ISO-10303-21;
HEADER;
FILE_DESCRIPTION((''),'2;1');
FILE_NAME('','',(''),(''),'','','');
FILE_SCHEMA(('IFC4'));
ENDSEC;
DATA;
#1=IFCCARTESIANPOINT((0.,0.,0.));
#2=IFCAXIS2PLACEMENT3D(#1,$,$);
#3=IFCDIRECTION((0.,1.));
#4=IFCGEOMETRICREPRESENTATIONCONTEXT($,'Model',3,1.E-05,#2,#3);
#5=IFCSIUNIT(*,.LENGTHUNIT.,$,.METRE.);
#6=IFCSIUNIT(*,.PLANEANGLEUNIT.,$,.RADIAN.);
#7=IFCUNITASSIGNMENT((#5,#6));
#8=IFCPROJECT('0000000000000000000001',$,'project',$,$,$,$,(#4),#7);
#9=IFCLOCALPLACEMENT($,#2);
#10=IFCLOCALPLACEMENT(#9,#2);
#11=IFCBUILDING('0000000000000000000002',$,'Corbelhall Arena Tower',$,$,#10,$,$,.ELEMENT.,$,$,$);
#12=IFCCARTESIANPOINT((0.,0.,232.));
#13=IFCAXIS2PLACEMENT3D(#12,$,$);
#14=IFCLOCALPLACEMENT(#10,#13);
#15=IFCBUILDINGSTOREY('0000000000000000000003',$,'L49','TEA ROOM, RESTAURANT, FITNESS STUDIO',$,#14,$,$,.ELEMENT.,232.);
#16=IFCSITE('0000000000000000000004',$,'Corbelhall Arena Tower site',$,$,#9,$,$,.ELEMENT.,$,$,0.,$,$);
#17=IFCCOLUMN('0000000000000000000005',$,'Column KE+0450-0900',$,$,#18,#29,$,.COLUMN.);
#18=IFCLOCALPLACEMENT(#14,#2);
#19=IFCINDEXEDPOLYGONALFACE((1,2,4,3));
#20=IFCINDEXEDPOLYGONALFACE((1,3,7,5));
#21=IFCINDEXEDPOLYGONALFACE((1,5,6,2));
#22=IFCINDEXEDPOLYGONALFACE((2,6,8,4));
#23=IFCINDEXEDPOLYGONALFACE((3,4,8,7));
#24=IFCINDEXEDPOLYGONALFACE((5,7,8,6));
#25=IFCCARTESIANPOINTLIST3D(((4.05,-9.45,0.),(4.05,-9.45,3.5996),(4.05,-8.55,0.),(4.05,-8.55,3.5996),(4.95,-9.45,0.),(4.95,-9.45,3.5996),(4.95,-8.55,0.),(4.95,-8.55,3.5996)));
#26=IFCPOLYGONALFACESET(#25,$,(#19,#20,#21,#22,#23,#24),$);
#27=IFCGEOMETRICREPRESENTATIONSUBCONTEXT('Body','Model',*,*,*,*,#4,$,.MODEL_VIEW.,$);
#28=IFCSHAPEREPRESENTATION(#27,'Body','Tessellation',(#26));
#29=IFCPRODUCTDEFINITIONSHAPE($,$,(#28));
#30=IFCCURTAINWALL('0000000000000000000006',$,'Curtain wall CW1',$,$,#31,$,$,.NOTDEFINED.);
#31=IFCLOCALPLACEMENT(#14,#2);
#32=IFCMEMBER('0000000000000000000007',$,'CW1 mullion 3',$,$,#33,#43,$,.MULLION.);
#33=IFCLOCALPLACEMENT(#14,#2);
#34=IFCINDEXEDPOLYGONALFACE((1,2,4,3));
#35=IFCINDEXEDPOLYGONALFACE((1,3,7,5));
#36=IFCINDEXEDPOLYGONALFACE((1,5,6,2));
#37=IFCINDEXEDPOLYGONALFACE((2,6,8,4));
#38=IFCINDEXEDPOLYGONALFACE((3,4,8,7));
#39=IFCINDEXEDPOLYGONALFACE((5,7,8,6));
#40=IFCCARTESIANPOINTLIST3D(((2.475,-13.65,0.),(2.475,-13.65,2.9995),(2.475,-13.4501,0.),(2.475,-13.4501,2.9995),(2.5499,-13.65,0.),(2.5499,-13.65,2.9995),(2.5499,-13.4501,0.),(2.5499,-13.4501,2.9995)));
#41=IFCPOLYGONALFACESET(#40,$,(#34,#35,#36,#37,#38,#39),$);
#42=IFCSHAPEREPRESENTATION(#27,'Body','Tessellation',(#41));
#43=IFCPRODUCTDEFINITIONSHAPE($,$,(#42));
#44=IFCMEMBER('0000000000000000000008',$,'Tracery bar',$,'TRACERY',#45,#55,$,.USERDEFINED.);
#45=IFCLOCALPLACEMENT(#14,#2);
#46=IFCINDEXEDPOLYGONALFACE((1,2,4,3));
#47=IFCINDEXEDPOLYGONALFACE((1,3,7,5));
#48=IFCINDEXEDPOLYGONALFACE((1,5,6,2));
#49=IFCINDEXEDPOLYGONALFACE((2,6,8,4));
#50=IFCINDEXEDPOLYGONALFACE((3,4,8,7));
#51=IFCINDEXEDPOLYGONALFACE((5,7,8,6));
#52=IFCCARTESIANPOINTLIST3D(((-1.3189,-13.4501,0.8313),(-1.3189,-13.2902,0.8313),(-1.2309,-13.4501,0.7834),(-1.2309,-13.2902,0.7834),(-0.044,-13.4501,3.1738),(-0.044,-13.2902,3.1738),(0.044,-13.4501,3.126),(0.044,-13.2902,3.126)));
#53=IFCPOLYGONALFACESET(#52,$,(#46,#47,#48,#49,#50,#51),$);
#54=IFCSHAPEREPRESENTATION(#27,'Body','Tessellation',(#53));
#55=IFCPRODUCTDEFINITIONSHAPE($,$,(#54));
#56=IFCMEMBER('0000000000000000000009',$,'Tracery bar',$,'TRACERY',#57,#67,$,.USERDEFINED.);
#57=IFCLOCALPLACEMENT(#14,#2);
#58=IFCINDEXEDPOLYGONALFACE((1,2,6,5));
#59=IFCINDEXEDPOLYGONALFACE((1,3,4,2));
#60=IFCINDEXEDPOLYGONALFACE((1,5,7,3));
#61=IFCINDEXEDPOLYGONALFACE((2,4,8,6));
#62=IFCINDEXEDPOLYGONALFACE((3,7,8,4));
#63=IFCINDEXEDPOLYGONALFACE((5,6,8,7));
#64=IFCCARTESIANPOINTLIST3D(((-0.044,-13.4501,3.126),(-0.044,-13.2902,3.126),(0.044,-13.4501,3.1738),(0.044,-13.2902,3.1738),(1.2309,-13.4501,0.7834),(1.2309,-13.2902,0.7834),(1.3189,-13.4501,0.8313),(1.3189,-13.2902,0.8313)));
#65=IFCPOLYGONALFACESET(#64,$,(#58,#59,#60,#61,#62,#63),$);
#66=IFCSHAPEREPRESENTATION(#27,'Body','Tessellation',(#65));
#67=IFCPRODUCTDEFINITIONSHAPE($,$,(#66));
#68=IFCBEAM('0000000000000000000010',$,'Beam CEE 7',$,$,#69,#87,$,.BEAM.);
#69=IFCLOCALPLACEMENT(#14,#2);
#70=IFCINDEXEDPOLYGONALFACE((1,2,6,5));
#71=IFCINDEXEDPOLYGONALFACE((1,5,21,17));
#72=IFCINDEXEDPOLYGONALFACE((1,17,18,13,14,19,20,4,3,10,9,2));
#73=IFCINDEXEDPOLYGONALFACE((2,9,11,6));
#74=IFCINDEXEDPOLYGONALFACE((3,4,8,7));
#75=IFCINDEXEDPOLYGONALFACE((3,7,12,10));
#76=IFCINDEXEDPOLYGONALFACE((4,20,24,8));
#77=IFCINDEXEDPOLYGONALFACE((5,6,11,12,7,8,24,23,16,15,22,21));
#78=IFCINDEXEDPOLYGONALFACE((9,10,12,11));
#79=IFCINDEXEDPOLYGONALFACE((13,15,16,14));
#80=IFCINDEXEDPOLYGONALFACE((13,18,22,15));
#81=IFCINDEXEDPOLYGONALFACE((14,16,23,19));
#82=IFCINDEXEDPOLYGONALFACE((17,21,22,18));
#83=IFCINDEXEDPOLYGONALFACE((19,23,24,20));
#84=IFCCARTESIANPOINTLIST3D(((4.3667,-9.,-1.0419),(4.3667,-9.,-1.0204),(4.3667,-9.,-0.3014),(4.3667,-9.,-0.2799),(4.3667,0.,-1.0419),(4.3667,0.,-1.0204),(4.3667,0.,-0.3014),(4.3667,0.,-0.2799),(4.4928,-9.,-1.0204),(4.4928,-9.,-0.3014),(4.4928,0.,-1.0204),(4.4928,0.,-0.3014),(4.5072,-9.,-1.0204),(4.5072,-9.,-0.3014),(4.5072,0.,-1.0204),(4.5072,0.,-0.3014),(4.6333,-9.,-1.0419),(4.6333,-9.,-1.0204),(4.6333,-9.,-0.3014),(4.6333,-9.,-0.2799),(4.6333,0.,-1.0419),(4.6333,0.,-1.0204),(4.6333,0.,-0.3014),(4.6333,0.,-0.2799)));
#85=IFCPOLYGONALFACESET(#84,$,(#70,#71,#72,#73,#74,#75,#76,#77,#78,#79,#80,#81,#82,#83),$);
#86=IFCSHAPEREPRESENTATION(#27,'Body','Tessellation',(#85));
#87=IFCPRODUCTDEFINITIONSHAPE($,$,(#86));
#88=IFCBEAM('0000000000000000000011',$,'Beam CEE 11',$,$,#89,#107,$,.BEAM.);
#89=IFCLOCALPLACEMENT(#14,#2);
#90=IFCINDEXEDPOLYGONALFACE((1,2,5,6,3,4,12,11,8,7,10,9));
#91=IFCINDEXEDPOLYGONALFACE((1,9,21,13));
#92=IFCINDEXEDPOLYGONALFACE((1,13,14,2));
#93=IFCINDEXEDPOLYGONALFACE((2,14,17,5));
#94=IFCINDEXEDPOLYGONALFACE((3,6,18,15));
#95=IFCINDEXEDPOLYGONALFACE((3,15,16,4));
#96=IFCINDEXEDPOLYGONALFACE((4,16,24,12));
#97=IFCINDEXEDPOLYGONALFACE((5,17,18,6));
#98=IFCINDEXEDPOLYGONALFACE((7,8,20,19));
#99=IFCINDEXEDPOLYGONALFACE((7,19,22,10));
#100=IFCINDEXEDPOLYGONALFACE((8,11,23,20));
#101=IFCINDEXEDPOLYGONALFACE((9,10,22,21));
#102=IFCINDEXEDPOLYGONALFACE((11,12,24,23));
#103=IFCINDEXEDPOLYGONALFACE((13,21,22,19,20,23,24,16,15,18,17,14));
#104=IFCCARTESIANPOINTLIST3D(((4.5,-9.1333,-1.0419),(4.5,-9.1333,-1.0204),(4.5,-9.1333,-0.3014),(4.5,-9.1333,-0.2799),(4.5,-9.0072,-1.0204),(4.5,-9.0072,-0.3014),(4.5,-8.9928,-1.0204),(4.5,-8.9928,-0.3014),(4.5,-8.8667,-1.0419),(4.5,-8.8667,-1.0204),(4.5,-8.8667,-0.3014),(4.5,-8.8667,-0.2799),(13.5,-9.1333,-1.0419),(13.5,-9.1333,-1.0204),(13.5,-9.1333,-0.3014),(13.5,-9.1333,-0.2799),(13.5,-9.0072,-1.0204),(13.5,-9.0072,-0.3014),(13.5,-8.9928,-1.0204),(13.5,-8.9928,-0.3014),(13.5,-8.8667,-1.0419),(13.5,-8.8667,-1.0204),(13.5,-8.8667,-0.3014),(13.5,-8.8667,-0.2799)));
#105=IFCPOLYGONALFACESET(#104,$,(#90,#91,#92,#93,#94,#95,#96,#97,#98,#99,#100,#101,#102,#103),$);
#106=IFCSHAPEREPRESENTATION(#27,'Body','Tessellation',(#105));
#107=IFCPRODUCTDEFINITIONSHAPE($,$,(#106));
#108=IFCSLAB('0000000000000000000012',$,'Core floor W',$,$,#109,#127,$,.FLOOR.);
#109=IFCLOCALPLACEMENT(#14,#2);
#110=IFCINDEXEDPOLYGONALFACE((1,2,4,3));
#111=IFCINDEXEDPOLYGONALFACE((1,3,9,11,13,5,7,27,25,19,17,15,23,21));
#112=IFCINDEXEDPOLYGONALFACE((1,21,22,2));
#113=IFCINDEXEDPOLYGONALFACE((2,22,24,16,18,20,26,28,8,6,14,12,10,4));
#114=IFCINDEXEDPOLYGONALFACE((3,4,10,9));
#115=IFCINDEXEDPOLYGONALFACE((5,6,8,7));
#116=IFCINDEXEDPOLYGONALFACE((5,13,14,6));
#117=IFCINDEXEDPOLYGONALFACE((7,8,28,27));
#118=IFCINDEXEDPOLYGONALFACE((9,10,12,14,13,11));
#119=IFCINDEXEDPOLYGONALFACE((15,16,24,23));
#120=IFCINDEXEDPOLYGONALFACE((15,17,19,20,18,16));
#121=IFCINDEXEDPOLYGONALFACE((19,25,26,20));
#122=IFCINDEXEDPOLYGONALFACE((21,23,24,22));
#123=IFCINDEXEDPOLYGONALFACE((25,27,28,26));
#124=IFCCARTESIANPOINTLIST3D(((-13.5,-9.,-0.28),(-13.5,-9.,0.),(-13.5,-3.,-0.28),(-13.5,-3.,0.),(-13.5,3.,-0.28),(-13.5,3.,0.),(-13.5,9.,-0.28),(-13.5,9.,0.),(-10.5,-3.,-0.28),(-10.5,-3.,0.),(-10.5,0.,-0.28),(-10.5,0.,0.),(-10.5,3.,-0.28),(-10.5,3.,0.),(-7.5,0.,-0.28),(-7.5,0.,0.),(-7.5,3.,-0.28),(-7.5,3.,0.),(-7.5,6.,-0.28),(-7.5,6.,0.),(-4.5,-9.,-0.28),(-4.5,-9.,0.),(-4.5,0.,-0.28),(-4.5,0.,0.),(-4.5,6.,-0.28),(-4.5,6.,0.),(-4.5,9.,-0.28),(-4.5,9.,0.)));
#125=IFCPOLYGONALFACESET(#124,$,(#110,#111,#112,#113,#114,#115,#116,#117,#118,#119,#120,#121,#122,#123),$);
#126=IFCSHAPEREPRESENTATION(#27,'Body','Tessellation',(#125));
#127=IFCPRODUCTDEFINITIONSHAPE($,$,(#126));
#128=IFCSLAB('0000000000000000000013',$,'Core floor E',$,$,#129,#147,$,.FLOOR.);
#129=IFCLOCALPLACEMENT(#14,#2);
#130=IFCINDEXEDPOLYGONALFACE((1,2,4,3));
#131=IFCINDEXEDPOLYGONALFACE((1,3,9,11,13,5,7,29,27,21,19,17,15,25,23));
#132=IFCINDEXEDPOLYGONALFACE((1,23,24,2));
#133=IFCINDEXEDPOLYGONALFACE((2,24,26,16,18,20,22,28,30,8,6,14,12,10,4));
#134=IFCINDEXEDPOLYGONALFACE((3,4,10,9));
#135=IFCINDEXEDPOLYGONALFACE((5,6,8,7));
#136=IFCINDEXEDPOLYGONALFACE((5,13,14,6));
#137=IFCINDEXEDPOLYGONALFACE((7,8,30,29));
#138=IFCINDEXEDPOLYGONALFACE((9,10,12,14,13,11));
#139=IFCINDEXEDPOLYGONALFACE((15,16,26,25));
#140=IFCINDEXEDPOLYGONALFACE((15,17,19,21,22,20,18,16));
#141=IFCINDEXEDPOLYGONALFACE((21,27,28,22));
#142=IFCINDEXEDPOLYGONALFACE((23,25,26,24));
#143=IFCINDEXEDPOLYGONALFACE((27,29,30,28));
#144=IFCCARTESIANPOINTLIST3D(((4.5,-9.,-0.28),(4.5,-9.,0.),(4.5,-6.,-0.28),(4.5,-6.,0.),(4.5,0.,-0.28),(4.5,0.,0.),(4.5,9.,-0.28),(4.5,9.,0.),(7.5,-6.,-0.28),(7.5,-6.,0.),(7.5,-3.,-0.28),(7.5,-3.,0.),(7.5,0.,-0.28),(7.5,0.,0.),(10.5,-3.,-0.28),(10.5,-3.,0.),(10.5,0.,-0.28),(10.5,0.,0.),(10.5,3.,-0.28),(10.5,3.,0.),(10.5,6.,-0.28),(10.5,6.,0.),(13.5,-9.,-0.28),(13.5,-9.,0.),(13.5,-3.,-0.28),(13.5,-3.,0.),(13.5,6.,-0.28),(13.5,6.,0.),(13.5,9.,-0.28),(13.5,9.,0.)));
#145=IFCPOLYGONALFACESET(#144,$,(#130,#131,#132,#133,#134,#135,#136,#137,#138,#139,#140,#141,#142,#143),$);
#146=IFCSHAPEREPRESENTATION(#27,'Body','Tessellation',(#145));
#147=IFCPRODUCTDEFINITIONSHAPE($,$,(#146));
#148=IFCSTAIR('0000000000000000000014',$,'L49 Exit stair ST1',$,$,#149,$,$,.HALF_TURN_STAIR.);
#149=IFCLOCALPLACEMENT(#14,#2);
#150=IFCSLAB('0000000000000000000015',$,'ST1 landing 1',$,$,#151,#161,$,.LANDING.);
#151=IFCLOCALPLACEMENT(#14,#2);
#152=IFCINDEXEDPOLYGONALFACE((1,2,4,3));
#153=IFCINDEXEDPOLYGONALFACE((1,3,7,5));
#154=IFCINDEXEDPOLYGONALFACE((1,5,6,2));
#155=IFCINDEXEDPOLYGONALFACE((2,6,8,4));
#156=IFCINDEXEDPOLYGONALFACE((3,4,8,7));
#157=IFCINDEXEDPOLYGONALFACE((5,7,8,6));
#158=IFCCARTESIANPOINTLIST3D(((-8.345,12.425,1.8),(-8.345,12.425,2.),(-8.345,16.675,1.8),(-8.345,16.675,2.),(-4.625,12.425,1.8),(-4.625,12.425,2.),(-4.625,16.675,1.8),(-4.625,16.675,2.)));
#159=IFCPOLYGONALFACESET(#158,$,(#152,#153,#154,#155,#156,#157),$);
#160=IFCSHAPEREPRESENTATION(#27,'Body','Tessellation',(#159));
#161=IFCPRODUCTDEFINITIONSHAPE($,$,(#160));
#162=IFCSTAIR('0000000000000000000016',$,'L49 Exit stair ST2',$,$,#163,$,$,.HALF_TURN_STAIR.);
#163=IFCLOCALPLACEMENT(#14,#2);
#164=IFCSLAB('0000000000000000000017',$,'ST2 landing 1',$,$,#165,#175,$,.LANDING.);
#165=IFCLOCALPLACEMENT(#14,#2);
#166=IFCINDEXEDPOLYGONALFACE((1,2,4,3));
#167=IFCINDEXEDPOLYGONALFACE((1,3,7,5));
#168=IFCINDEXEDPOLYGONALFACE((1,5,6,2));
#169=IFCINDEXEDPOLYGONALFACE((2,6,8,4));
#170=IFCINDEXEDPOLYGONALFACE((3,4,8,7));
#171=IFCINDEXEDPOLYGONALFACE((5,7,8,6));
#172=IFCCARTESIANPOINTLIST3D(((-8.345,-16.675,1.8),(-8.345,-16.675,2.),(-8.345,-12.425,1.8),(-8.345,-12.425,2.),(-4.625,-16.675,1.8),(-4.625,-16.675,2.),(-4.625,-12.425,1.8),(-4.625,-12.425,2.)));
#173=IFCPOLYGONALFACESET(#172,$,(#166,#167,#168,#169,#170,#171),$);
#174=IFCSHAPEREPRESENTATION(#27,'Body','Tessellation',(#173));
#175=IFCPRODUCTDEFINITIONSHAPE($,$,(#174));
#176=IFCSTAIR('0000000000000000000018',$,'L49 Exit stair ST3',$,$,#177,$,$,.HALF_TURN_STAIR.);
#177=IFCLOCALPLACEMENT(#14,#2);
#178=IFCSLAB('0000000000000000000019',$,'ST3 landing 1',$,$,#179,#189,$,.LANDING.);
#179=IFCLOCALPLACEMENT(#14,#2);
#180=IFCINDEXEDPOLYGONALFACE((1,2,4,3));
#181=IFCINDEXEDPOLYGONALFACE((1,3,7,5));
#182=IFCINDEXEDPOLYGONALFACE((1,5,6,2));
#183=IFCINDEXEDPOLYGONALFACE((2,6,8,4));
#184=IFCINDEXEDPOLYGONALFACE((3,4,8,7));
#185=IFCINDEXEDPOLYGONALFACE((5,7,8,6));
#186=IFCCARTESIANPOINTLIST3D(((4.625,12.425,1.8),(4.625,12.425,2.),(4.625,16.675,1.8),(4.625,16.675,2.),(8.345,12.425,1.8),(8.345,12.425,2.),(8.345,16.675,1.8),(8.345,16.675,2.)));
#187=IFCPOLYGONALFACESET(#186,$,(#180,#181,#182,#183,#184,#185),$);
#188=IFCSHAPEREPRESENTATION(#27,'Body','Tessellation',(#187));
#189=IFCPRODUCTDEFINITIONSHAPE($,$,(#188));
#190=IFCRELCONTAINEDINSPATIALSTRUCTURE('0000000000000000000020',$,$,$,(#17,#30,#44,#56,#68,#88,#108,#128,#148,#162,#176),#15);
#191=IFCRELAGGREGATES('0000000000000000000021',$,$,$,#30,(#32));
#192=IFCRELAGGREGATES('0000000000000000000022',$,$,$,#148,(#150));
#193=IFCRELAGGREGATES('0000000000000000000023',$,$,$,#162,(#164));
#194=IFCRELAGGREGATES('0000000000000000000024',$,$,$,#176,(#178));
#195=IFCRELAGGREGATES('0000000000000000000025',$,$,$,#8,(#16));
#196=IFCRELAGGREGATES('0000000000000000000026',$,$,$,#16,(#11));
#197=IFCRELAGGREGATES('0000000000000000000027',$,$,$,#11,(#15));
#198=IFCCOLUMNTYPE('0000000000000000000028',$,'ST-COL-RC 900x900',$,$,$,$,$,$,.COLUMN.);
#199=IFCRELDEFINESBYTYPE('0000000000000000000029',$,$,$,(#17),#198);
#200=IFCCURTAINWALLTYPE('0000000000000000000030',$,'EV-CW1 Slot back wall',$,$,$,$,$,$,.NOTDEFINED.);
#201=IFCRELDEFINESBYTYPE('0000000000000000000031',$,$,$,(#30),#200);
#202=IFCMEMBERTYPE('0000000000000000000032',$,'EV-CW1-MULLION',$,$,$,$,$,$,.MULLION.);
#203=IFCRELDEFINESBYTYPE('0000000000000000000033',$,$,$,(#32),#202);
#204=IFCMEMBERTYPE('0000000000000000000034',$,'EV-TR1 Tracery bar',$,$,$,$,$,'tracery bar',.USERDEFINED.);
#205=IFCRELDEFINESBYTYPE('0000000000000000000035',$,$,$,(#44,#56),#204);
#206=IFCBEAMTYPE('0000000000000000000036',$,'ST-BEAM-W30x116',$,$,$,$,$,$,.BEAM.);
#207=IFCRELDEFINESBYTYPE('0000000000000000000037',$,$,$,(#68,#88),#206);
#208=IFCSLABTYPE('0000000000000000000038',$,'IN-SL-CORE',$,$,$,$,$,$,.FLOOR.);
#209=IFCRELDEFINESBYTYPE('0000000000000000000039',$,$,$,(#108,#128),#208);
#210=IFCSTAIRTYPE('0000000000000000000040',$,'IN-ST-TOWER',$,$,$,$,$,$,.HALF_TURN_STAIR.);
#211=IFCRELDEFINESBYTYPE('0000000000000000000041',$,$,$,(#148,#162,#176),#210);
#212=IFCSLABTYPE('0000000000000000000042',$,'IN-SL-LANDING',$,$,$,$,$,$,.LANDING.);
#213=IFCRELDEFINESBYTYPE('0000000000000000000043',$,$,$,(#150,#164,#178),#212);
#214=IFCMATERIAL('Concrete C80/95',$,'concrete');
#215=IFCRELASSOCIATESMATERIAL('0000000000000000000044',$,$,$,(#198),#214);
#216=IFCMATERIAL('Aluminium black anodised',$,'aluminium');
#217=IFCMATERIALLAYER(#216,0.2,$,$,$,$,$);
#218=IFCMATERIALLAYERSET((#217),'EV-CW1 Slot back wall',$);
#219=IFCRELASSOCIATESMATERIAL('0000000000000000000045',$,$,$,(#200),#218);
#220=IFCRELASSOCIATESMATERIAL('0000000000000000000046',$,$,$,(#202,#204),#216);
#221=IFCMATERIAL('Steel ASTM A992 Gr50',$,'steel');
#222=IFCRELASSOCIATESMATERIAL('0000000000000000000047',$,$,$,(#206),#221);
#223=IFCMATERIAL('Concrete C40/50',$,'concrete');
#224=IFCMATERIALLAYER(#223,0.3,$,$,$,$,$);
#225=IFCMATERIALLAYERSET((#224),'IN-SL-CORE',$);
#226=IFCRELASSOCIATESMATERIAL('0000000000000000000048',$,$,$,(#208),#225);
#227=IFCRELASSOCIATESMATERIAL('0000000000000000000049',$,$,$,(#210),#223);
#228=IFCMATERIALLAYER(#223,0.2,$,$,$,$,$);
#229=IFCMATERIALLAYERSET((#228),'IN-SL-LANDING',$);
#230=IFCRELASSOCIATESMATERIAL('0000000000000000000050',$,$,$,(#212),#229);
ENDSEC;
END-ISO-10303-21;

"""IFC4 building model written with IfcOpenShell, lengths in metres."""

from ifc_helpers import new_model, si_unit, direction, frame, origin, origin_2d, place, context, subcontext, project, spatial, polyline, rectangle, i_section, outline, extrude, material, layer, layer_set, material_profile, profile_set, type_object, element, aggregate, save


model = new_model("IFC4")

# Units and contexts
model_context = context("Model", 3, precision=1e-05, world=origin(), true_north=direction((0.0, 1.0)))
body_context = subcontext(model_context, "Body", "Model", "MODEL_VIEW")
ifc_project = project(units=[si_unit("LENGTHUNIT", "METRE"), si_unit("PLANEANGLEUNIT", "RADIAN")], contexts=[model_context])

# Site, building, storey
site_placement = place(None, origin())
site = spatial("IfcSite", under=ifc_project, at=site_placement, Name="Corbelhall Arena Tower site", CompositionType="ELEMENT", RefElevation=0.0)
building_placement = place(site_placement, origin())
building = spatial("IfcBuilding", under=site, at=building_placement, Name="Corbelhall Arena Tower", CompositionType="ELEMENT")
storey_placement = place(building_placement, frame((0.0, 0.0, 232.0)))
storey = spatial("IfcBuildingStorey", under=building, at=storey_placement, Name="L49", Description="TEA ROOM, RESTAURANT, FITNESS STUDIO", CompositionType="ELEMENT", Elevation=232.0)

# Column
ifc_material_1 = material(Name="Concrete C80/95", Category="concrete")
ifc_material_profile_1 = material_profile(ifc_material_1, rectangle(XDim=0.8999, YDim=0.8999, at=origin_2d()))
ifc_profile_set_1 = profile_set([ifc_material_profile_1], Name="Concrete C80/95")
column_type = type_object("IfcColumnType", Name="ST-COL-RC 900x900", PredefinedType="COLUMN", material=ifc_profile_set_1)
column_placement = place(storey_placement, frame((4.5, -9.0, 0.0), z_axis=(0.0, 0.0, 1.0), x_axis=(1.0, 0.0, 0.0)))
element("IfcColumn", 1, at=column_placement, inside=storey, type_object=column_type, Name="Column KE+0450-0900", PredefinedType="COLUMN", context=body_context, shape_type="SweptSolid", body=[
    extrude(rectangle(XDim=0.8999, YDim=0.8999, at=origin_2d()), origin(), (0.0, 0.0, 1.0), 3.5996),
])

# Curtain wall, member
ifc_material_2 = material(Name="Aluminium black anodised", Category="aluminium")
ifc_layer_1 = layer(ifc_material_2, 0.2)
ifc_layer_set_1 = layer_set([ifc_layer_1], Name="EV-CW1 Slot back wall")
curtain_wall_type = type_object("IfcCurtainWallType", Name="EV-CW1 Slot back wall", PredefinedType="NOTDEFINED", material=ifc_layer_set_1)
curtain_wall_placement = place(storey_placement, origin())
curtain_wall = element("IfcCurtainWall", 2, at=curtain_wall_placement, inside=storey, type_object=curtain_wall_type, Name="Curtain wall CW1", PredefinedType="NOTDEFINED")
ifc_material_profile_2 = material_profile(ifc_material_2, rectangle(XDim=0.2, YDim=0.075, at=origin_2d()))
ifc_profile_set_2 = profile_set([ifc_material_profile_2], Name="Aluminium black anodised")
member_type_1 = type_object("IfcMemberType", Name="EV-CW1-MULLION", PredefinedType="MULLION", material=ifc_profile_set_2)
member_placement = place(storey_placement, frame((2.5125, -13.55, 0.0), z_axis=(0.0, 0.0, 1.0), x_axis=(0.0, 1.0, 0.0)))
member = element("IfcMember", 3, at=member_placement, type_object=member_type_1, Name="CW1 mullion 3", PredefinedType="MULLION", context=body_context, shape_type="SweptSolid", body=[
    extrude(rectangle(XDim=0.2, YDim=0.075, at=origin_2d()), origin(), (0.0, 0.0, 1.0), 2.9995),
])
aggregate(curtain_wall, [member])

# Members
ifc_material_profile_3 = material_profile(ifc_material_2, rectangle(XDim=0.1599, YDim=0.1001, at=origin_2d()))
ifc_profile_set_3 = profile_set([ifc_material_profile_3], Name="Aluminium black anodised")
member_type_2 = type_object("IfcMemberType", Name="EV-TR1 Tracery bar", ElementType="tracery bar", PredefinedType="USERDEFINED", material=ifc_profile_set_3)
for number, where, z_axis, x_axis, name in (
    (4, (-1.2749, -13.3701, 0.8074), (0.478031, 0.0, 0.878343), (0.0, 1.0, 0.0), "Tracery bar"),
    (5, (0.0, -13.3701, 3.1499), (0.478031, 0.0, -0.878343), (0.0, 1.0, 0.0), "Tracery bar"),
):
    element("IfcMember", number, at=place(storey_placement, frame(where, z_axis=z_axis, x_axis=x_axis)), inside=storey, type_object=member_type_2, Name=name, ObjectType="TRACERY", PredefinedType="USERDEFINED", context=body_context, shape_type="SweptSolid", body=[
        extrude(rectangle(XDim=0.1599, YDim=0.1001, at=origin_2d()), origin(), (0.0, 0.0, 1.0), 2.667),
    ])

# Beams
ifc_material_3 = material(Name="Steel ASTM A992 Gr50", Category="steel")
ifc_material_profile_4 = material_profile(ifc_material_3, i_section(OverallWidth=0.2666, OverallDepth=0.762, WebThickness=0.0144, FlangeThickness=0.0215, at=origin_2d()))
ifc_profile_set_4 = profile_set([ifc_material_profile_4], Name="Steel ASTM A992 Gr50")
beam_type = type_object("IfcBeamType", Name="ST-BEAM-W30x116", PredefinedType="BEAM", material=ifc_profile_set_4)
for number, where, z_axis, x_axis, name in (
    (6, (4.5, -9.0, -0.6609), (0.0, 1.0, 0.0), (-1.0, 0.0, 0.0), "Beam CEE 7"),
    (7, (4.5, -9.0, -0.6609), (1.0, 0.0, 0.0), (0.0, 1.0, 0.0), "Beam CEE 11"),
):
    element("IfcBeam", number, at=place(storey_placement, frame(where, z_axis=z_axis, x_axis=x_axis)), inside=storey, type_object=beam_type, Name=name, PredefinedType="BEAM", context=body_context, shape_type="SweptSolid", body=[
        extrude(i_section(OverallWidth=0.2666, OverallDepth=0.762, WebThickness=0.0144, FlangeThickness=0.0215, at=origin_2d()), origin(), (0.0, 0.0, 1.0), 9.0),
    ])

# Slabs
ifc_material_4 = material(Name="Concrete C40/50", Category="concrete")
ifc_layer_2 = layer(ifc_material_4, 0.3)
ifc_layer_set_2 = layer_set([ifc_layer_2], Name="IN-SL-CORE")
slab_type_1 = type_object("IfcSlabType", Name="IN-SL-CORE", PredefinedType="FLOOR", material=ifc_layer_set_2)
slab_1_placement = place(storey_placement, frame((0.0, 0.0, -0.28)))
element("IfcSlab", 8, at=slab_1_placement, inside=storey, type_object=slab_type_1, Name="Core floor W", PredefinedType="FLOOR", context=body_context, shape_type="SweptSolid", body=[
    extrude(outline(polyline([(-10.5, -3.0), (-13.5, -3.0), (-13.5, -9.0), (-4.5, -9.0), (-4.5, 0.0), (-7.5, 0.0), (-7.5, 3.0), (-7.5, 6.0), (-4.5, 6.0), (-4.5, 9.0), (-13.5, 9.0), (-13.5, 3.0), (-10.5, 3.0), (-10.5, 0.0), (-10.5, -3.0)])), origin(), (0.0, 0.0, 1.0), 0.28),
])
slab_2_placement = place(storey_placement, frame((0.0, 0.0, -0.28)))
element("IfcSlab", 9, at=slab_2_placement, inside=storey, type_object=slab_type_1, Name="Core floor E", PredefinedType="FLOOR", context=body_context, shape_type="SweptSolid", body=[
    extrude(outline(polyline([(13.5, -3.0), (10.5, -3.0), (10.5, 0.0), (10.5, 3.0), (10.5, 6.0), (13.5, 6.0), (13.5, 9.0), (4.5, 9.0), (4.5, 0.0), (7.5, 0.0), (7.5, -3.0), (7.5, -6.0), (4.5, -6.0), (4.5, -9.0), (13.5, -9.0), (13.5, -3.0)])), origin(), (0.0, 0.0, 1.0), 0.28),
])

# Stairs, slabs
stair_type = type_object("IfcStairType", Name="IN-ST-TOWER", PredefinedType="HALF_TURN_STAIR", material=ifc_material_4)
stair_1_placement = place(storey_placement, origin())
stair_1 = element("IfcStair", 10, at=stair_1_placement, inside=storey, type_object=stair_type, Name="L49 Exit stair ST1", PredefinedType="HALF_TURN_STAIR")
ifc_layer_3 = layer(ifc_material_4, 0.2)
ifc_layer_set_3 = layer_set([ifc_layer_3], Name="IN-SL-LANDING")
slab_type_2 = type_object("IfcSlabType", Name="IN-SL-LANDING", PredefinedType="LANDING", material=ifc_layer_set_3)
slab_3_placement = place(storey_placement, frame((0.0, 0.0, 1.8)))
slab_3 = element("IfcSlab", 11, at=slab_3_placement, type_object=slab_type_2, Name="ST1 landing 1", PredefinedType="LANDING", context=body_context, shape_type="SweptSolid", body=[
    extrude(outline(polyline([(-8.345, 12.425), (-4.625, 12.425), (-4.625, 16.675), (-8.345, 16.675), (-8.345, 12.425)])), origin(), (0.0, 0.0, 1.0), 0.2),
])
aggregate(stair_1, [slab_3])
stair_2_placement = place(storey_placement, origin())
stair_2 = element("IfcStair", 12, at=stair_2_placement, inside=storey, type_object=stair_type, Name="L49 Exit stair ST2", PredefinedType="HALF_TURN_STAIR")
slab_4_placement = place(storey_placement, frame((0.0, 0.0, 1.8)))
slab_4 = element("IfcSlab", 13, at=slab_4_placement, type_object=slab_type_2, Name="ST2 landing 1", PredefinedType="LANDING", context=body_context, shape_type="SweptSolid", body=[
    extrude(outline(polyline([(-8.345, -16.675), (-4.625, -16.675), (-4.625, -12.425), (-8.345, -12.425), (-8.345, -16.675)])), origin(), (0.0, 0.0, 1.0), 0.2),
])
aggregate(stair_2, [slab_4])
stair_3_placement = place(storey_placement, origin())
stair_3 = element("IfcStair", 14, at=stair_3_placement, inside=storey, type_object=stair_type, Name="L49 Exit stair ST3", PredefinedType="HALF_TURN_STAIR")
slab_5_placement = place(storey_placement, frame((0.0, 0.0, 1.8)))
slab_5 = element("IfcSlab", 15, at=slab_5_placement, type_object=slab_type_2, Name="ST3 landing 1", PredefinedType="LANDING", context=body_context, shape_type="SweptSolid", body=[
    extrude(outline(polyline([(8.345, 16.675), (4.625, 16.675), (4.625, 12.425), (8.345, 12.425), (8.345, 16.675)])), origin(), (0.0, 0.0, 1.0), 0.2),
])
aggregate(stair_3, [slab_5])

save(model, "model.ifc")
